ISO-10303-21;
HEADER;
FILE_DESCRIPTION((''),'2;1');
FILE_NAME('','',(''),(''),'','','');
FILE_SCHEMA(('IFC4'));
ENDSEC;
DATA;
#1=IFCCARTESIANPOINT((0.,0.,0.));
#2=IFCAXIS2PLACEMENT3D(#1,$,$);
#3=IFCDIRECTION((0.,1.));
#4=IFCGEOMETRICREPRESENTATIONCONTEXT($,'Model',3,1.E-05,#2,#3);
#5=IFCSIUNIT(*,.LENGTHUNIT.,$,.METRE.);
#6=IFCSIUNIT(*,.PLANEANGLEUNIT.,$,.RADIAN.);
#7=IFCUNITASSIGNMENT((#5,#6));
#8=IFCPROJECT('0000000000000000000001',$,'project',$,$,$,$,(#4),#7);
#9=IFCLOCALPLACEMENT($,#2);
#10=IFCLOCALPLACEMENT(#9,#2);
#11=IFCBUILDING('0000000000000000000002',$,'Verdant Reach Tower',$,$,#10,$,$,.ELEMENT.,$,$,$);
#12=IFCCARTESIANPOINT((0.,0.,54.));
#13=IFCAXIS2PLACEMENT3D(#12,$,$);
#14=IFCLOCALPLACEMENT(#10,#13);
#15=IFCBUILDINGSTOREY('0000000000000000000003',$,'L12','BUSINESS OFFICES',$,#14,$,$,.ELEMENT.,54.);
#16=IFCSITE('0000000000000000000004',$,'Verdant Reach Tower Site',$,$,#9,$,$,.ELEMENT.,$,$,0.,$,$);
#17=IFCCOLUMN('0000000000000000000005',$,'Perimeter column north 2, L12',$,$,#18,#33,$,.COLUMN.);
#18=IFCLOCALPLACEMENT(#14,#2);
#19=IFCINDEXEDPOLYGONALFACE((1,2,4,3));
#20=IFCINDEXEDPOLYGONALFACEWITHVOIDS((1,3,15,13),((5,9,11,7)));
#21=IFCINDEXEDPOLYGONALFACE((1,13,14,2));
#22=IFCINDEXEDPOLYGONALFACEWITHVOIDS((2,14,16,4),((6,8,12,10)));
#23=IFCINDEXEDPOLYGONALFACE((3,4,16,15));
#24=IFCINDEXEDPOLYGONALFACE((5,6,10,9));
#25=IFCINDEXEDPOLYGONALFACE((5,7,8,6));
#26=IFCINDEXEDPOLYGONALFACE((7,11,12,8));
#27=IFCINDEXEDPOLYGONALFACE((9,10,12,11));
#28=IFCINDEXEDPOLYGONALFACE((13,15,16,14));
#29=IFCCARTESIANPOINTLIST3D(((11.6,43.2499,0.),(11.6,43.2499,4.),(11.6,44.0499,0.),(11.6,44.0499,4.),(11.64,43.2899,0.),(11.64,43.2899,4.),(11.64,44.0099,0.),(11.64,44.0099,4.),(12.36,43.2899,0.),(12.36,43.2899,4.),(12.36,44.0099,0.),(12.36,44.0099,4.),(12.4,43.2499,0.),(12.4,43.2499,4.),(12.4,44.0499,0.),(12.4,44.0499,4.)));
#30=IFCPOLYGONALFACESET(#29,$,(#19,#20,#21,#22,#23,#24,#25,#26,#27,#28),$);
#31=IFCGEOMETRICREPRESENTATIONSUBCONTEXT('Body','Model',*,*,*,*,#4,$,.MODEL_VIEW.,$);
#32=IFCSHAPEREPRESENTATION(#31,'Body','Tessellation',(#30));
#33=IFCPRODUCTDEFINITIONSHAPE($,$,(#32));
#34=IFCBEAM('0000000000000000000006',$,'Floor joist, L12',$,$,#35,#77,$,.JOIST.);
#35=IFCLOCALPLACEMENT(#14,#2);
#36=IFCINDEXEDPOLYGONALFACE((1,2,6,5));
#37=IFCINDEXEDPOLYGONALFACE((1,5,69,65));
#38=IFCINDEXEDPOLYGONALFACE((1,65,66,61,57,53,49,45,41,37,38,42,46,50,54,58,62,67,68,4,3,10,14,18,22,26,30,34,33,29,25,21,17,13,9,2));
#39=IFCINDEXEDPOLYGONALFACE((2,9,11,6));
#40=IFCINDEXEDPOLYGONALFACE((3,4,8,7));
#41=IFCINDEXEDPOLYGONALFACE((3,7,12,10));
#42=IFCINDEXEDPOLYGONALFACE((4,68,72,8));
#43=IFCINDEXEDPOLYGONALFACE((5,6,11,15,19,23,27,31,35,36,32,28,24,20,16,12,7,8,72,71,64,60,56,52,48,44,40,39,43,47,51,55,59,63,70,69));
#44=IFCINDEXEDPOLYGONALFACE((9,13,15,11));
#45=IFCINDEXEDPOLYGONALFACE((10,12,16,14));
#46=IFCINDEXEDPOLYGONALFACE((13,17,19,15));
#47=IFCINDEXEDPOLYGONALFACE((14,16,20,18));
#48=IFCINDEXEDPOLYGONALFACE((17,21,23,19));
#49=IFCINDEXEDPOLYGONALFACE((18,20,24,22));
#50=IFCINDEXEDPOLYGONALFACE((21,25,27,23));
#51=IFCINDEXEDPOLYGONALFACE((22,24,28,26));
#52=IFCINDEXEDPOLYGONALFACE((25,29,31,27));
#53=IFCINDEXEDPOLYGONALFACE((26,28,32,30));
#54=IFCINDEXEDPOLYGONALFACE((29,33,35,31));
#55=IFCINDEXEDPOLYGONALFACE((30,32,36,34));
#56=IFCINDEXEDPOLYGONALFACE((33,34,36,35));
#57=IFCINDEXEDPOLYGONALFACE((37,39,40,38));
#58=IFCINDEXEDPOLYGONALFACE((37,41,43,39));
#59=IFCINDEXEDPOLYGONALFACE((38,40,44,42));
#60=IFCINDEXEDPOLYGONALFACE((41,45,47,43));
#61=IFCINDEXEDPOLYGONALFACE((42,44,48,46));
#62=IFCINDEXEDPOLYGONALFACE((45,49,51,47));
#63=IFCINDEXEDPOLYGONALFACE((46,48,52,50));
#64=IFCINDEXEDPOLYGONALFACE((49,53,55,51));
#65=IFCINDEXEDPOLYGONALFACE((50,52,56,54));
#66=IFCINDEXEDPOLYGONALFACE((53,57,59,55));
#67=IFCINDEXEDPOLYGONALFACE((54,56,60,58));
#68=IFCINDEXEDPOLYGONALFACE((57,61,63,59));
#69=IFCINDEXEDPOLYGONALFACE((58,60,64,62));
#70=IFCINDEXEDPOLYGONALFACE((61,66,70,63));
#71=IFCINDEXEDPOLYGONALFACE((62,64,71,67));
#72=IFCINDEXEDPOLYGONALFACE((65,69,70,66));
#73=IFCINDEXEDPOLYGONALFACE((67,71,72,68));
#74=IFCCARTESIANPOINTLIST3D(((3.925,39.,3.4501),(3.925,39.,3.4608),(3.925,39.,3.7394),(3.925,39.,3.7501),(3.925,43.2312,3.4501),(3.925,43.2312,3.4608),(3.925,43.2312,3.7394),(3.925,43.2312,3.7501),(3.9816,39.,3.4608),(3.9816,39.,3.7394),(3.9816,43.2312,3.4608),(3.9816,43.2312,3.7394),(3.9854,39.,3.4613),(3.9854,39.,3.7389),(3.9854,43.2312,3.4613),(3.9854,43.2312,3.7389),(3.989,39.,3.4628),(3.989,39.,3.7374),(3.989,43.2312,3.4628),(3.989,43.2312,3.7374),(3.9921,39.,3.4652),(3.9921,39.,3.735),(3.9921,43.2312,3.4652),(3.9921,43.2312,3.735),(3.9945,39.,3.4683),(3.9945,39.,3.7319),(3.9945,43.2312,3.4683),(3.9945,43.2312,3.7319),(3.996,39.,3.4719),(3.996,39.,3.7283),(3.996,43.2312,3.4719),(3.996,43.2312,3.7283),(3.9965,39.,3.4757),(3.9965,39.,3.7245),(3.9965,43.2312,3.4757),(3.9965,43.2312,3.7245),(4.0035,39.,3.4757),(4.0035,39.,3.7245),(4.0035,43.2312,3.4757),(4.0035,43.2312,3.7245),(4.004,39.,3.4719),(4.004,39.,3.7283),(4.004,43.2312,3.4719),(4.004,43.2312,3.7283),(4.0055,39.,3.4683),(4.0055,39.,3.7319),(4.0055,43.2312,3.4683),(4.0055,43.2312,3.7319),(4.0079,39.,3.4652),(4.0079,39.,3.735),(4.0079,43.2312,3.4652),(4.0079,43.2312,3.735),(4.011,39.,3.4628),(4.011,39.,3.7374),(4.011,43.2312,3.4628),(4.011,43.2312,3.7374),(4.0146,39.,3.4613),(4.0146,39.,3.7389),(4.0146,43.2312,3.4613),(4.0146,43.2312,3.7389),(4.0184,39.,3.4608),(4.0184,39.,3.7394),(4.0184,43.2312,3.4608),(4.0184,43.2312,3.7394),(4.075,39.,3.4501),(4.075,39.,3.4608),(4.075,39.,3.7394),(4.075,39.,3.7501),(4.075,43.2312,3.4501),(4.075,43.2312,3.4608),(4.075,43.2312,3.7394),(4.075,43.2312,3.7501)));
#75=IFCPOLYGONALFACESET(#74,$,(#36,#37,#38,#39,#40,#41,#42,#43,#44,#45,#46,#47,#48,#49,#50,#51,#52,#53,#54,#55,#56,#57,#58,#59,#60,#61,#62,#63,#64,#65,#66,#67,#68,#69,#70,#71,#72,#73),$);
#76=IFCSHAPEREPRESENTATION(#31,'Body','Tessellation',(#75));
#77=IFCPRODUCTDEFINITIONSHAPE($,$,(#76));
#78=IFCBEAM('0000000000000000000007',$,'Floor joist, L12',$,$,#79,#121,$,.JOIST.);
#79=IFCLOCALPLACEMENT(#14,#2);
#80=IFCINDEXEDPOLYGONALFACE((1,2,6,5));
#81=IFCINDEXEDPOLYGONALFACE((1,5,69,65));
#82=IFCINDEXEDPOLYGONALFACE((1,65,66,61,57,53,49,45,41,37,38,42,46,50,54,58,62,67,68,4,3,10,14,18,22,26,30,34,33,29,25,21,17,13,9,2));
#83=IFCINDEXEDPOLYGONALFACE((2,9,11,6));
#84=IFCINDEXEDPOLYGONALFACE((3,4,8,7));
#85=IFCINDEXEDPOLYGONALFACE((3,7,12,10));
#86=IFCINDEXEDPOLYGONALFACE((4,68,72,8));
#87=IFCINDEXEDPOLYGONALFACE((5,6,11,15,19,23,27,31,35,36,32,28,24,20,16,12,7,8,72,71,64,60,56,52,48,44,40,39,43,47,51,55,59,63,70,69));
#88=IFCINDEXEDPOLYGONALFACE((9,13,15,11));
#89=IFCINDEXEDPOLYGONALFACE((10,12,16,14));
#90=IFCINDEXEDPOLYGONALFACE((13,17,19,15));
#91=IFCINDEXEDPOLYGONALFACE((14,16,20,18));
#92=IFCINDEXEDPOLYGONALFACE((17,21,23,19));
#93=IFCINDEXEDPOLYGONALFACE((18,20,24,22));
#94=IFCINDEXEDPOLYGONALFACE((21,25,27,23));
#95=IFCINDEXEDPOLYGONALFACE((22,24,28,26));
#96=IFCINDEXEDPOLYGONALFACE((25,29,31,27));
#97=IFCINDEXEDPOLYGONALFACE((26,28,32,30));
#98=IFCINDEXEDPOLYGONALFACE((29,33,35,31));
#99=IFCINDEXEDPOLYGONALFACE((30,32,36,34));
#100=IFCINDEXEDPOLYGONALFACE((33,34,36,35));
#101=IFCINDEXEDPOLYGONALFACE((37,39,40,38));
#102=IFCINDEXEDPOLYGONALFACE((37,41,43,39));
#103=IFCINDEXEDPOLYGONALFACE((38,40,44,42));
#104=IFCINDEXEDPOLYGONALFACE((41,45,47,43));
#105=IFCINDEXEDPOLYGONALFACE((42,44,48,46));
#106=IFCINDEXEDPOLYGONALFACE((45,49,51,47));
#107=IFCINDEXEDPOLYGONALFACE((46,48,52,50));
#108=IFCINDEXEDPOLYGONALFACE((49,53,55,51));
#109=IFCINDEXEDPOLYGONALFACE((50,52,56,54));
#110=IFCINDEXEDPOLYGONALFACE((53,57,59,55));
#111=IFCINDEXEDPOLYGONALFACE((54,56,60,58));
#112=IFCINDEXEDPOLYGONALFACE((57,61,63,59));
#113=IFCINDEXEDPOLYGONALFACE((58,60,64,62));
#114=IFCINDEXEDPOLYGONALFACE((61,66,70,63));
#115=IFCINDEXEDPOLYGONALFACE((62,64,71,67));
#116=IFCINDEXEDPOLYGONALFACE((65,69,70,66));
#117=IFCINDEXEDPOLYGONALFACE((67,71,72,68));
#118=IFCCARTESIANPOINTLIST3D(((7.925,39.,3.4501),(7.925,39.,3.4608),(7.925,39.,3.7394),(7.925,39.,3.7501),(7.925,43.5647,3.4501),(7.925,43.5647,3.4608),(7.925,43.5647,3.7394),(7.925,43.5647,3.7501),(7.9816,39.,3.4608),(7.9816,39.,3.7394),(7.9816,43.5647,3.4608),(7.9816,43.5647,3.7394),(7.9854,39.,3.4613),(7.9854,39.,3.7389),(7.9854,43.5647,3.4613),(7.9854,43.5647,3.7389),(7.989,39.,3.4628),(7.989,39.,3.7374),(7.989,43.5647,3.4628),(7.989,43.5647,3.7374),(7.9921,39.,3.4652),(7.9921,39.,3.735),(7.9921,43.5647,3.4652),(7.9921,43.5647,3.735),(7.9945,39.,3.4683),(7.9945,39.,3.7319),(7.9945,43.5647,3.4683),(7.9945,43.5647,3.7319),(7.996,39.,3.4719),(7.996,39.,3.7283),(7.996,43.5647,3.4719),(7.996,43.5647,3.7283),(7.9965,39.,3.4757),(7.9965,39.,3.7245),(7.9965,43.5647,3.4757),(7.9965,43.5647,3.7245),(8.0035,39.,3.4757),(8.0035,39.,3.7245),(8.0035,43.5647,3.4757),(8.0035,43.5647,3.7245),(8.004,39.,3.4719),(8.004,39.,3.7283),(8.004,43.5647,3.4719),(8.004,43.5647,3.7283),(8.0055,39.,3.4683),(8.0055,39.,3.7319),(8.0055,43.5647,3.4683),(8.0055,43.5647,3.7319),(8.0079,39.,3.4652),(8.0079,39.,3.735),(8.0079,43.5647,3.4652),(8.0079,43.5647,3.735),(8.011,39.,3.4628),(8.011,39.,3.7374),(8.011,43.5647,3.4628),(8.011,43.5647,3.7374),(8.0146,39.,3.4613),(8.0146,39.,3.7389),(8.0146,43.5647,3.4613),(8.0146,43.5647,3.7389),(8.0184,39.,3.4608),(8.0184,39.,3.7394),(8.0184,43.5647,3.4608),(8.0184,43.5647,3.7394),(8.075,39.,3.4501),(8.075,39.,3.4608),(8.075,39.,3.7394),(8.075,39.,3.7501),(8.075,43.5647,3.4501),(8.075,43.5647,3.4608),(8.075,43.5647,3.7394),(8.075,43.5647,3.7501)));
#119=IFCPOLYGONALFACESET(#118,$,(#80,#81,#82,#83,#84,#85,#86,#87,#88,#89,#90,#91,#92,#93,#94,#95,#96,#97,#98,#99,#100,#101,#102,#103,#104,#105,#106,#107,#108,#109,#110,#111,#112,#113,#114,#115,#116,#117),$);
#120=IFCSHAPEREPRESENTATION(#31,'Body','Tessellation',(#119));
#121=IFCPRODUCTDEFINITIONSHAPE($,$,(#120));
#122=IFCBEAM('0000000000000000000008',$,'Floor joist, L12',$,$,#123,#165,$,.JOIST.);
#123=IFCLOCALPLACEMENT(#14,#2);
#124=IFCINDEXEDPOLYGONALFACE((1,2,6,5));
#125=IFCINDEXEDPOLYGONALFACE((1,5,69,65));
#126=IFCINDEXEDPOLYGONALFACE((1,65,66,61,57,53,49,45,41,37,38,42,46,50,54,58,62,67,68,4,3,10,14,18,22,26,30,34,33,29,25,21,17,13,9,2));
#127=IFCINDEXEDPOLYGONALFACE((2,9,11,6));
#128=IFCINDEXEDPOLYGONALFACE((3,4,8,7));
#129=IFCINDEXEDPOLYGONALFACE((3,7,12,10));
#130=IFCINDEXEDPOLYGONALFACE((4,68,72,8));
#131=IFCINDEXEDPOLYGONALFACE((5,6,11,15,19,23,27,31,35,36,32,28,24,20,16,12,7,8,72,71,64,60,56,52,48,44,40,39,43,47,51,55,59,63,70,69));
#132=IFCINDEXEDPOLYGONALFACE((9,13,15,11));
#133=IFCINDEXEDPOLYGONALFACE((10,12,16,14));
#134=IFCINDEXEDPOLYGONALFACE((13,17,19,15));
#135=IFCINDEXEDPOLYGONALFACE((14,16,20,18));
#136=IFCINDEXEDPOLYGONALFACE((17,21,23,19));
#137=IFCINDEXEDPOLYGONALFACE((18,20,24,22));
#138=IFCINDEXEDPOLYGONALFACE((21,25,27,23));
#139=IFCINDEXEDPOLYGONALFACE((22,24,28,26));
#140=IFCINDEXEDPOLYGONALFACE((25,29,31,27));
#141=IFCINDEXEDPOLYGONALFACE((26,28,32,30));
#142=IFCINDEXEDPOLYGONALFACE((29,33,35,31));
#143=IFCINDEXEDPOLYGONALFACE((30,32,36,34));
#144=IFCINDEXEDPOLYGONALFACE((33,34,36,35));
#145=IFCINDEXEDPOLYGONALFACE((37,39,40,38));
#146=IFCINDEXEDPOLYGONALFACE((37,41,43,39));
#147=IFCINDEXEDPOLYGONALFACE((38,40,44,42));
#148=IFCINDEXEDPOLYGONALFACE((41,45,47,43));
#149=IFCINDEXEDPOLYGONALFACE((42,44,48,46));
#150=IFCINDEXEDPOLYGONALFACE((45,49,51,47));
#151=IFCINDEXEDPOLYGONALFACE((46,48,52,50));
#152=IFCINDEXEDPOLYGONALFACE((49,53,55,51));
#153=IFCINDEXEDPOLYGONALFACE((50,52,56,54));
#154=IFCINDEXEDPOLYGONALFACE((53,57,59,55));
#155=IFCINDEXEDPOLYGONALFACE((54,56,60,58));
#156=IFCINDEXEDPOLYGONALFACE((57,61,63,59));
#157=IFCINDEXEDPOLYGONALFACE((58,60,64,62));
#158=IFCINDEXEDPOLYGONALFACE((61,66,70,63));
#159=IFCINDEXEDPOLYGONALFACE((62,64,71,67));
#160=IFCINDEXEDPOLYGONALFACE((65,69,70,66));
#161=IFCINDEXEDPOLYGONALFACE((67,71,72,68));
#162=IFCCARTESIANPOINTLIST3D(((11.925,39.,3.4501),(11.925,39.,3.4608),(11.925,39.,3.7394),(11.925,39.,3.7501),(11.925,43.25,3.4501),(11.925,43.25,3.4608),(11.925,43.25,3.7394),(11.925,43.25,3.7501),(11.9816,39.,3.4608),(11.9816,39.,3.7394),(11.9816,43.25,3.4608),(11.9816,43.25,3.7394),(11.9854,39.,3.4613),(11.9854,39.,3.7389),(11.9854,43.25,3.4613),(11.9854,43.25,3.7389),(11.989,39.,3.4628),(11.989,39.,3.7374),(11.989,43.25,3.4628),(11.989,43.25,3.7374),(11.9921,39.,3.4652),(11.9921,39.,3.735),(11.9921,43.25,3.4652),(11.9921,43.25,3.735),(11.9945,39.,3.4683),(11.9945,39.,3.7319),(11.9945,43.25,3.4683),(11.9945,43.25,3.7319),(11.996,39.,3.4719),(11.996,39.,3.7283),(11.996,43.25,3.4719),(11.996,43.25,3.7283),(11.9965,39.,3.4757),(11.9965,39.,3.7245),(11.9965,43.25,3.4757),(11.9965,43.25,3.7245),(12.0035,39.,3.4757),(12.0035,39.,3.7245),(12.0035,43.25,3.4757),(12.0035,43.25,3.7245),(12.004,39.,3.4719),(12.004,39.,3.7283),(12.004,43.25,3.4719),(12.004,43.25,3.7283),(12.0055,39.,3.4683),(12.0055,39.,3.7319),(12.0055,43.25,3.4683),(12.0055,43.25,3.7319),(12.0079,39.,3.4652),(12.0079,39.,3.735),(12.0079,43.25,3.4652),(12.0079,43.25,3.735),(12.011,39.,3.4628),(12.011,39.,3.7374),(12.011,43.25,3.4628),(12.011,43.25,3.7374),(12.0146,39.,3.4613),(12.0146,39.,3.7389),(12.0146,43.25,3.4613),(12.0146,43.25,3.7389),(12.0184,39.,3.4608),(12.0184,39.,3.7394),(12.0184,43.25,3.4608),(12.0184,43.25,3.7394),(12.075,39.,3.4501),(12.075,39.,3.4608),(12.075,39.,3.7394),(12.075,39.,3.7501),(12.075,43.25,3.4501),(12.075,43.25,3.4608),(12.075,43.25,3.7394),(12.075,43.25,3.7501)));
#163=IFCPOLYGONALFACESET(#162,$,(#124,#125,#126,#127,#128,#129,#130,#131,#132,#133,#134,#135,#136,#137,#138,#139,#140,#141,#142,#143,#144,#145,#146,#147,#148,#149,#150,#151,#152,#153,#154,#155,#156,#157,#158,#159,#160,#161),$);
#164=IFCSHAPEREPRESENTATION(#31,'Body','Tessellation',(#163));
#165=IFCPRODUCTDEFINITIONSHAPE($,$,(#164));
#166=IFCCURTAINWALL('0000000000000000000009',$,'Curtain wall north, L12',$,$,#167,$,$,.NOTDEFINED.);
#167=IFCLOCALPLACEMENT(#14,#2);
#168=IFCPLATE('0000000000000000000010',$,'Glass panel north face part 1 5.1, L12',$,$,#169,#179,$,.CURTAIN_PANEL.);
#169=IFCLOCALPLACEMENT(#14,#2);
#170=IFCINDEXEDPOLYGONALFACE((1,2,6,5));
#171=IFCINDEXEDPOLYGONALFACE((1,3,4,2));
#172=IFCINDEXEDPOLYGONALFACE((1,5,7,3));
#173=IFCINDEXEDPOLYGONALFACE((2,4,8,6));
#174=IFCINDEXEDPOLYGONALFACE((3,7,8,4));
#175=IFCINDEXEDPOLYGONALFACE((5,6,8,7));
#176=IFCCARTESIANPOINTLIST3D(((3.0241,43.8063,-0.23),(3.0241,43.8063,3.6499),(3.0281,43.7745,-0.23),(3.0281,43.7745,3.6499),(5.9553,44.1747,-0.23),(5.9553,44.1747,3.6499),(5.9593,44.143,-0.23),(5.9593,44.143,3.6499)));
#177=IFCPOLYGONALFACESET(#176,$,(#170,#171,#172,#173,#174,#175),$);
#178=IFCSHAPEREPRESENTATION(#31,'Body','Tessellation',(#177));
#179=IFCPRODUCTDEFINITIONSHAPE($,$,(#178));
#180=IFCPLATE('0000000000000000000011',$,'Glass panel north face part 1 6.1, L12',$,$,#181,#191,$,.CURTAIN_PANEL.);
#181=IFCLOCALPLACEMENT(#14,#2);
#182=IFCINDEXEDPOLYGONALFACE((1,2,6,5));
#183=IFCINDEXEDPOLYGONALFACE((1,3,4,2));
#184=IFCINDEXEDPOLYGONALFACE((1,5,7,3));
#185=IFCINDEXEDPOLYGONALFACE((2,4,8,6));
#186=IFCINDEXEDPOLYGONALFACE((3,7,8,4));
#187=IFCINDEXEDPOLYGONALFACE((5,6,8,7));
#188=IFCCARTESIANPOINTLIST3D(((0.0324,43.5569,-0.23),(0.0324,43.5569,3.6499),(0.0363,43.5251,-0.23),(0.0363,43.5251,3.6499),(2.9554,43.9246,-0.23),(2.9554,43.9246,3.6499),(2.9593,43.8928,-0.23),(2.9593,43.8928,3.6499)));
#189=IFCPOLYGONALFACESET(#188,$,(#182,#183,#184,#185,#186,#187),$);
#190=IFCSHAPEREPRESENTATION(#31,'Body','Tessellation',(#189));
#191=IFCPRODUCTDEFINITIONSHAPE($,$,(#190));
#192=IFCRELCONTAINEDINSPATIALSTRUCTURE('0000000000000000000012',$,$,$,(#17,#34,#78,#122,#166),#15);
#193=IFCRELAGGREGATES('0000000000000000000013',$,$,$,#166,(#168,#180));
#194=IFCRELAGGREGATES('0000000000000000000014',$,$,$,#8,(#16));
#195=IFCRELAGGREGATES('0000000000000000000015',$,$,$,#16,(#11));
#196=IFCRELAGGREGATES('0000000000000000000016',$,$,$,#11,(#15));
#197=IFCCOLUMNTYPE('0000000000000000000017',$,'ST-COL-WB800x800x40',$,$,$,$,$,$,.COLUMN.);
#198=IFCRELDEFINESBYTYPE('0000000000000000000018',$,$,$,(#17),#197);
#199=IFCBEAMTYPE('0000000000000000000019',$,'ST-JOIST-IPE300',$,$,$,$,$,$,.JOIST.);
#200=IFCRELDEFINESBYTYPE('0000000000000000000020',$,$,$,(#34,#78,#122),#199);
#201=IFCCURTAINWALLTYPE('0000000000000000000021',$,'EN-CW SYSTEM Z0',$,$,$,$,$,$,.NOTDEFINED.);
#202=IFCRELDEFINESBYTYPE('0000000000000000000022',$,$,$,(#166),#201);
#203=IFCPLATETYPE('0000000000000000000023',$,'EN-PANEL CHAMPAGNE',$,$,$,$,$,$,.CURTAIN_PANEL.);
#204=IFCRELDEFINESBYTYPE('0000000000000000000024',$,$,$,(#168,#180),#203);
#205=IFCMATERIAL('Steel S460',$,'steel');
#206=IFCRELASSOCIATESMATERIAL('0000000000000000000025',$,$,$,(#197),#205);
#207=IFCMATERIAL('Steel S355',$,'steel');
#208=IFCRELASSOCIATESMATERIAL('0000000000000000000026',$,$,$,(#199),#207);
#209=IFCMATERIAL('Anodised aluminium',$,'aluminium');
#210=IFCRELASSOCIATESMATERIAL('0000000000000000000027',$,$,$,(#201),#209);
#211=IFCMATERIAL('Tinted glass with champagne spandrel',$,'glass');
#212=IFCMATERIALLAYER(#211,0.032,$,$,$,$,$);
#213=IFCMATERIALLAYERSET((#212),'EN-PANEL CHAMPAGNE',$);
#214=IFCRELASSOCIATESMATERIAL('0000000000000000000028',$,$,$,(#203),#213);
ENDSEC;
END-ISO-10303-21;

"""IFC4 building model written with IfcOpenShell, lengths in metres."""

from ifc_helpers import new_model, si_unit, direction, frame, origin, origin_2d, place, context, subcontext, project, spatial, rectangle, hollow_rectangle, i_section, extrude, material, layer, layer_set, material_profile, profile_set, type_object, element, aggregate, save


model = new_model("IFC4")

# Units and contexts
model_context = context("Model", 3, precision=1e-05, world=origin(), true_north=direction((0.0, 1.0)))
body_context = subcontext(model_context, "Body", "Model", "MODEL_VIEW")
ifc_project = project(units=[si_unit("LENGTHUNIT", "METRE"), si_unit("PLANEANGLEUNIT", "RADIAN")], contexts=[model_context])

# Site, building, storey
site_placement = place(None, origin())
site = spatial("IfcSite", under=ifc_project, at=site_placement, Name="Verdant Reach Tower Site", CompositionType="ELEMENT", RefElevation=0.0)
building_placement = place(site_placement, origin())
building = spatial("IfcBuilding", under=site, at=building_placement, Name="Verdant Reach Tower", CompositionType="ELEMENT")
storey_placement = place(building_placement, frame((0.0, 0.0, 54.0)))
storey = spatial("IfcBuildingStorey", under=building, at=storey_placement, Name="L12", Description="BUSINESS OFFICES", CompositionType="ELEMENT", Elevation=54.0)

# Column
ifc_material_1 = material(Name="Steel S460", Category="steel")
ifc_material_profile_1 = material_profile(ifc_material_1, hollow_rectangle(XDim=0.8, YDim=0.8, WallThickness=0.04, at=origin_2d()), Name="WB 800x800x40")
ifc_profile_set_1 = profile_set([ifc_material_profile_1], Name="Steel S460")
column_type = type_object("IfcColumnType", Name="ST-COL-WB800x800x40", PredefinedType="COLUMN", material=ifc_profile_set_1)
column_placement = place(storey_placement, frame((12.0, 43.6499, 0.0), z_axis=(0.0, 0.0, 1.0), x_axis=(1.0, 0.0, 0.0)))
element("IfcColumn", 1, at=column_placement, inside=storey, type_object=column_type, Name="Perimeter column north 2, L12", PredefinedType="COLUMN", context=body_context, shape_type="SweptSolid", body=[
    extrude(hollow_rectangle(XDim=0.8, YDim=0.8, WallThickness=0.04, at=origin_2d()), origin(), (0.0, 0.0, 1.0), 4.0),
])

# Beams
ifc_material_2 = material(Name="Steel S355", Category="steel")
ifc_material_profile_2 = material_profile(ifc_material_2, i_section(OverallWidth=0.1499, OverallDepth=0.3, WebThickness=0.0071, FlangeThickness=0.0107, FilletRadius=0.0149, at=origin_2d()), Name="IPE 300")
ifc_profile_set_2 = profile_set([ifc_material_profile_2], Name="Steel S355")
beam_type = type_object("IfcBeamType", Name="ST-JOIST-IPE300", PredefinedType="JOIST", material=ifc_profile_set_2)
beam_1_placement = place(storey_placement, frame((4.0, 39.0, 3.6001), z_axis=(0.0, 1.0, 0.0), x_axis=(-1.0, 0.0, 0.0)))
element("IfcBeam", 2, at=beam_1_placement, inside=storey, type_object=beam_type, Name="Floor joist, L12", PredefinedType="JOIST", context=body_context, shape_type="SweptSolid", body=[
    extrude(i_section(OverallWidth=0.1499, OverallDepth=0.3, WebThickness=0.0071, FlangeThickness=0.0107, FilletRadius=0.0149, at=origin_2d()), origin(), (0.0, 0.0, 1.0), 4.2312),
])
beam_2_placement = place(storey_placement, frame((8.0, 39.0, 3.6001), z_axis=(0.0, 1.0, 0.0), x_axis=(-1.0, 0.0, 0.0)))
element("IfcBeam", 3, at=beam_2_placement, inside=storey, type_object=beam_type, Name="Floor joist, L12", PredefinedType="JOIST", context=body_context, shape_type="SweptSolid", body=[
    extrude(i_section(OverallWidth=0.1499, OverallDepth=0.3, WebThickness=0.0071, FlangeThickness=0.0107, FilletRadius=0.0149, at=origin_2d()), origin(), (0.0, 0.0, 1.0), 4.5647),
])
beam_3_placement = place(storey_placement, frame((12.0, 39.0, 3.6001), z_axis=(0.0, 1.0, 0.0), x_axis=(-1.0, 0.0, 0.0)))
element("IfcBeam", 4, at=beam_3_placement, inside=storey, type_object=beam_type, Name="Floor joist, L12", PredefinedType="JOIST", context=body_context, shape_type="SweptSolid", body=[
    extrude(i_section(OverallWidth=0.1499, OverallDepth=0.3, WebThickness=0.0071, FlangeThickness=0.0107, FilletRadius=0.0149, at=origin_2d()), origin(), (0.0, 0.0, 1.0), 4.25),
])

# Curtain wall, plates
ifc_material_3 = material(Name="Anodised aluminium", Category="aluminium")
curtain_wall_type = type_object("IfcCurtainWallType", Name="EN-CW SYSTEM Z0", PredefinedType="NOTDEFINED", material=ifc_material_3)
curtain_wall_placement = place(storey_placement, origin())
curtain_wall = element("IfcCurtainWall", 5, at=curtain_wall_placement, inside=storey, type_object=curtain_wall_type, Name="Curtain wall north, L12", PredefinedType="NOTDEFINED")
ifc_material_4 = material(Name="Tinted glass with champagne spandrel", Category="glass")
ifc_layer_1 = layer(ifc_material_4, 0.032)
ifc_layer_set_1 = layer_set([ifc_layer_1], Name="EN-PANEL CHAMPAGNE")
plate_type_1 = type_object("IfcPlateType", Name="EN-PANEL CHAMPAGNE", PredefinedType="CURTAIN_PANEL", material=ifc_layer_set_1)
plate_1_placement = place(storey_placement, frame((4.4917, 43.9746, -0.23), z_axis=(0.0, 0.0, 1.0), x_axis=(-0.992194, -0.124704, 0.0)))
plate_1 = element("IfcPlate", 6, at=plate_1_placement, type_object=plate_type_1, Name="Glass panel north face part 1 5.1, L12", PredefinedType="CURTAIN_PANEL", context=body_context, shape_type="SweptSolid", body=[
    extrude(rectangle(XDim=2.9543, YDim=0.032, at=origin_2d()), origin(), (0.0, 0.0, 1.0), 3.8799),
])
plate_2_placement = place(storey_placement, frame((1.4958, 43.7249, -0.23), z_axis=(0.0, 0.0, 1.0), x_axis=(-0.99218, -0.124818, 0.0)))
plate_2 = element("IfcPlate", 7, at=plate_2_placement, type_object=plate_type_1, Name="Glass panel north face part 1 6.1, L12", PredefinedType="CURTAIN_PANEL", context=body_context, shape_type="SweptSolid", body=[
    extrude(rectangle(XDim=2.946, YDim=0.032, at=origin_2d()), origin(), (0.0, 0.0, 1.0), 3.8799),
])
aggregate(curtain_wall, [plate_1, plate_2])

save(model, "model.ifc")
